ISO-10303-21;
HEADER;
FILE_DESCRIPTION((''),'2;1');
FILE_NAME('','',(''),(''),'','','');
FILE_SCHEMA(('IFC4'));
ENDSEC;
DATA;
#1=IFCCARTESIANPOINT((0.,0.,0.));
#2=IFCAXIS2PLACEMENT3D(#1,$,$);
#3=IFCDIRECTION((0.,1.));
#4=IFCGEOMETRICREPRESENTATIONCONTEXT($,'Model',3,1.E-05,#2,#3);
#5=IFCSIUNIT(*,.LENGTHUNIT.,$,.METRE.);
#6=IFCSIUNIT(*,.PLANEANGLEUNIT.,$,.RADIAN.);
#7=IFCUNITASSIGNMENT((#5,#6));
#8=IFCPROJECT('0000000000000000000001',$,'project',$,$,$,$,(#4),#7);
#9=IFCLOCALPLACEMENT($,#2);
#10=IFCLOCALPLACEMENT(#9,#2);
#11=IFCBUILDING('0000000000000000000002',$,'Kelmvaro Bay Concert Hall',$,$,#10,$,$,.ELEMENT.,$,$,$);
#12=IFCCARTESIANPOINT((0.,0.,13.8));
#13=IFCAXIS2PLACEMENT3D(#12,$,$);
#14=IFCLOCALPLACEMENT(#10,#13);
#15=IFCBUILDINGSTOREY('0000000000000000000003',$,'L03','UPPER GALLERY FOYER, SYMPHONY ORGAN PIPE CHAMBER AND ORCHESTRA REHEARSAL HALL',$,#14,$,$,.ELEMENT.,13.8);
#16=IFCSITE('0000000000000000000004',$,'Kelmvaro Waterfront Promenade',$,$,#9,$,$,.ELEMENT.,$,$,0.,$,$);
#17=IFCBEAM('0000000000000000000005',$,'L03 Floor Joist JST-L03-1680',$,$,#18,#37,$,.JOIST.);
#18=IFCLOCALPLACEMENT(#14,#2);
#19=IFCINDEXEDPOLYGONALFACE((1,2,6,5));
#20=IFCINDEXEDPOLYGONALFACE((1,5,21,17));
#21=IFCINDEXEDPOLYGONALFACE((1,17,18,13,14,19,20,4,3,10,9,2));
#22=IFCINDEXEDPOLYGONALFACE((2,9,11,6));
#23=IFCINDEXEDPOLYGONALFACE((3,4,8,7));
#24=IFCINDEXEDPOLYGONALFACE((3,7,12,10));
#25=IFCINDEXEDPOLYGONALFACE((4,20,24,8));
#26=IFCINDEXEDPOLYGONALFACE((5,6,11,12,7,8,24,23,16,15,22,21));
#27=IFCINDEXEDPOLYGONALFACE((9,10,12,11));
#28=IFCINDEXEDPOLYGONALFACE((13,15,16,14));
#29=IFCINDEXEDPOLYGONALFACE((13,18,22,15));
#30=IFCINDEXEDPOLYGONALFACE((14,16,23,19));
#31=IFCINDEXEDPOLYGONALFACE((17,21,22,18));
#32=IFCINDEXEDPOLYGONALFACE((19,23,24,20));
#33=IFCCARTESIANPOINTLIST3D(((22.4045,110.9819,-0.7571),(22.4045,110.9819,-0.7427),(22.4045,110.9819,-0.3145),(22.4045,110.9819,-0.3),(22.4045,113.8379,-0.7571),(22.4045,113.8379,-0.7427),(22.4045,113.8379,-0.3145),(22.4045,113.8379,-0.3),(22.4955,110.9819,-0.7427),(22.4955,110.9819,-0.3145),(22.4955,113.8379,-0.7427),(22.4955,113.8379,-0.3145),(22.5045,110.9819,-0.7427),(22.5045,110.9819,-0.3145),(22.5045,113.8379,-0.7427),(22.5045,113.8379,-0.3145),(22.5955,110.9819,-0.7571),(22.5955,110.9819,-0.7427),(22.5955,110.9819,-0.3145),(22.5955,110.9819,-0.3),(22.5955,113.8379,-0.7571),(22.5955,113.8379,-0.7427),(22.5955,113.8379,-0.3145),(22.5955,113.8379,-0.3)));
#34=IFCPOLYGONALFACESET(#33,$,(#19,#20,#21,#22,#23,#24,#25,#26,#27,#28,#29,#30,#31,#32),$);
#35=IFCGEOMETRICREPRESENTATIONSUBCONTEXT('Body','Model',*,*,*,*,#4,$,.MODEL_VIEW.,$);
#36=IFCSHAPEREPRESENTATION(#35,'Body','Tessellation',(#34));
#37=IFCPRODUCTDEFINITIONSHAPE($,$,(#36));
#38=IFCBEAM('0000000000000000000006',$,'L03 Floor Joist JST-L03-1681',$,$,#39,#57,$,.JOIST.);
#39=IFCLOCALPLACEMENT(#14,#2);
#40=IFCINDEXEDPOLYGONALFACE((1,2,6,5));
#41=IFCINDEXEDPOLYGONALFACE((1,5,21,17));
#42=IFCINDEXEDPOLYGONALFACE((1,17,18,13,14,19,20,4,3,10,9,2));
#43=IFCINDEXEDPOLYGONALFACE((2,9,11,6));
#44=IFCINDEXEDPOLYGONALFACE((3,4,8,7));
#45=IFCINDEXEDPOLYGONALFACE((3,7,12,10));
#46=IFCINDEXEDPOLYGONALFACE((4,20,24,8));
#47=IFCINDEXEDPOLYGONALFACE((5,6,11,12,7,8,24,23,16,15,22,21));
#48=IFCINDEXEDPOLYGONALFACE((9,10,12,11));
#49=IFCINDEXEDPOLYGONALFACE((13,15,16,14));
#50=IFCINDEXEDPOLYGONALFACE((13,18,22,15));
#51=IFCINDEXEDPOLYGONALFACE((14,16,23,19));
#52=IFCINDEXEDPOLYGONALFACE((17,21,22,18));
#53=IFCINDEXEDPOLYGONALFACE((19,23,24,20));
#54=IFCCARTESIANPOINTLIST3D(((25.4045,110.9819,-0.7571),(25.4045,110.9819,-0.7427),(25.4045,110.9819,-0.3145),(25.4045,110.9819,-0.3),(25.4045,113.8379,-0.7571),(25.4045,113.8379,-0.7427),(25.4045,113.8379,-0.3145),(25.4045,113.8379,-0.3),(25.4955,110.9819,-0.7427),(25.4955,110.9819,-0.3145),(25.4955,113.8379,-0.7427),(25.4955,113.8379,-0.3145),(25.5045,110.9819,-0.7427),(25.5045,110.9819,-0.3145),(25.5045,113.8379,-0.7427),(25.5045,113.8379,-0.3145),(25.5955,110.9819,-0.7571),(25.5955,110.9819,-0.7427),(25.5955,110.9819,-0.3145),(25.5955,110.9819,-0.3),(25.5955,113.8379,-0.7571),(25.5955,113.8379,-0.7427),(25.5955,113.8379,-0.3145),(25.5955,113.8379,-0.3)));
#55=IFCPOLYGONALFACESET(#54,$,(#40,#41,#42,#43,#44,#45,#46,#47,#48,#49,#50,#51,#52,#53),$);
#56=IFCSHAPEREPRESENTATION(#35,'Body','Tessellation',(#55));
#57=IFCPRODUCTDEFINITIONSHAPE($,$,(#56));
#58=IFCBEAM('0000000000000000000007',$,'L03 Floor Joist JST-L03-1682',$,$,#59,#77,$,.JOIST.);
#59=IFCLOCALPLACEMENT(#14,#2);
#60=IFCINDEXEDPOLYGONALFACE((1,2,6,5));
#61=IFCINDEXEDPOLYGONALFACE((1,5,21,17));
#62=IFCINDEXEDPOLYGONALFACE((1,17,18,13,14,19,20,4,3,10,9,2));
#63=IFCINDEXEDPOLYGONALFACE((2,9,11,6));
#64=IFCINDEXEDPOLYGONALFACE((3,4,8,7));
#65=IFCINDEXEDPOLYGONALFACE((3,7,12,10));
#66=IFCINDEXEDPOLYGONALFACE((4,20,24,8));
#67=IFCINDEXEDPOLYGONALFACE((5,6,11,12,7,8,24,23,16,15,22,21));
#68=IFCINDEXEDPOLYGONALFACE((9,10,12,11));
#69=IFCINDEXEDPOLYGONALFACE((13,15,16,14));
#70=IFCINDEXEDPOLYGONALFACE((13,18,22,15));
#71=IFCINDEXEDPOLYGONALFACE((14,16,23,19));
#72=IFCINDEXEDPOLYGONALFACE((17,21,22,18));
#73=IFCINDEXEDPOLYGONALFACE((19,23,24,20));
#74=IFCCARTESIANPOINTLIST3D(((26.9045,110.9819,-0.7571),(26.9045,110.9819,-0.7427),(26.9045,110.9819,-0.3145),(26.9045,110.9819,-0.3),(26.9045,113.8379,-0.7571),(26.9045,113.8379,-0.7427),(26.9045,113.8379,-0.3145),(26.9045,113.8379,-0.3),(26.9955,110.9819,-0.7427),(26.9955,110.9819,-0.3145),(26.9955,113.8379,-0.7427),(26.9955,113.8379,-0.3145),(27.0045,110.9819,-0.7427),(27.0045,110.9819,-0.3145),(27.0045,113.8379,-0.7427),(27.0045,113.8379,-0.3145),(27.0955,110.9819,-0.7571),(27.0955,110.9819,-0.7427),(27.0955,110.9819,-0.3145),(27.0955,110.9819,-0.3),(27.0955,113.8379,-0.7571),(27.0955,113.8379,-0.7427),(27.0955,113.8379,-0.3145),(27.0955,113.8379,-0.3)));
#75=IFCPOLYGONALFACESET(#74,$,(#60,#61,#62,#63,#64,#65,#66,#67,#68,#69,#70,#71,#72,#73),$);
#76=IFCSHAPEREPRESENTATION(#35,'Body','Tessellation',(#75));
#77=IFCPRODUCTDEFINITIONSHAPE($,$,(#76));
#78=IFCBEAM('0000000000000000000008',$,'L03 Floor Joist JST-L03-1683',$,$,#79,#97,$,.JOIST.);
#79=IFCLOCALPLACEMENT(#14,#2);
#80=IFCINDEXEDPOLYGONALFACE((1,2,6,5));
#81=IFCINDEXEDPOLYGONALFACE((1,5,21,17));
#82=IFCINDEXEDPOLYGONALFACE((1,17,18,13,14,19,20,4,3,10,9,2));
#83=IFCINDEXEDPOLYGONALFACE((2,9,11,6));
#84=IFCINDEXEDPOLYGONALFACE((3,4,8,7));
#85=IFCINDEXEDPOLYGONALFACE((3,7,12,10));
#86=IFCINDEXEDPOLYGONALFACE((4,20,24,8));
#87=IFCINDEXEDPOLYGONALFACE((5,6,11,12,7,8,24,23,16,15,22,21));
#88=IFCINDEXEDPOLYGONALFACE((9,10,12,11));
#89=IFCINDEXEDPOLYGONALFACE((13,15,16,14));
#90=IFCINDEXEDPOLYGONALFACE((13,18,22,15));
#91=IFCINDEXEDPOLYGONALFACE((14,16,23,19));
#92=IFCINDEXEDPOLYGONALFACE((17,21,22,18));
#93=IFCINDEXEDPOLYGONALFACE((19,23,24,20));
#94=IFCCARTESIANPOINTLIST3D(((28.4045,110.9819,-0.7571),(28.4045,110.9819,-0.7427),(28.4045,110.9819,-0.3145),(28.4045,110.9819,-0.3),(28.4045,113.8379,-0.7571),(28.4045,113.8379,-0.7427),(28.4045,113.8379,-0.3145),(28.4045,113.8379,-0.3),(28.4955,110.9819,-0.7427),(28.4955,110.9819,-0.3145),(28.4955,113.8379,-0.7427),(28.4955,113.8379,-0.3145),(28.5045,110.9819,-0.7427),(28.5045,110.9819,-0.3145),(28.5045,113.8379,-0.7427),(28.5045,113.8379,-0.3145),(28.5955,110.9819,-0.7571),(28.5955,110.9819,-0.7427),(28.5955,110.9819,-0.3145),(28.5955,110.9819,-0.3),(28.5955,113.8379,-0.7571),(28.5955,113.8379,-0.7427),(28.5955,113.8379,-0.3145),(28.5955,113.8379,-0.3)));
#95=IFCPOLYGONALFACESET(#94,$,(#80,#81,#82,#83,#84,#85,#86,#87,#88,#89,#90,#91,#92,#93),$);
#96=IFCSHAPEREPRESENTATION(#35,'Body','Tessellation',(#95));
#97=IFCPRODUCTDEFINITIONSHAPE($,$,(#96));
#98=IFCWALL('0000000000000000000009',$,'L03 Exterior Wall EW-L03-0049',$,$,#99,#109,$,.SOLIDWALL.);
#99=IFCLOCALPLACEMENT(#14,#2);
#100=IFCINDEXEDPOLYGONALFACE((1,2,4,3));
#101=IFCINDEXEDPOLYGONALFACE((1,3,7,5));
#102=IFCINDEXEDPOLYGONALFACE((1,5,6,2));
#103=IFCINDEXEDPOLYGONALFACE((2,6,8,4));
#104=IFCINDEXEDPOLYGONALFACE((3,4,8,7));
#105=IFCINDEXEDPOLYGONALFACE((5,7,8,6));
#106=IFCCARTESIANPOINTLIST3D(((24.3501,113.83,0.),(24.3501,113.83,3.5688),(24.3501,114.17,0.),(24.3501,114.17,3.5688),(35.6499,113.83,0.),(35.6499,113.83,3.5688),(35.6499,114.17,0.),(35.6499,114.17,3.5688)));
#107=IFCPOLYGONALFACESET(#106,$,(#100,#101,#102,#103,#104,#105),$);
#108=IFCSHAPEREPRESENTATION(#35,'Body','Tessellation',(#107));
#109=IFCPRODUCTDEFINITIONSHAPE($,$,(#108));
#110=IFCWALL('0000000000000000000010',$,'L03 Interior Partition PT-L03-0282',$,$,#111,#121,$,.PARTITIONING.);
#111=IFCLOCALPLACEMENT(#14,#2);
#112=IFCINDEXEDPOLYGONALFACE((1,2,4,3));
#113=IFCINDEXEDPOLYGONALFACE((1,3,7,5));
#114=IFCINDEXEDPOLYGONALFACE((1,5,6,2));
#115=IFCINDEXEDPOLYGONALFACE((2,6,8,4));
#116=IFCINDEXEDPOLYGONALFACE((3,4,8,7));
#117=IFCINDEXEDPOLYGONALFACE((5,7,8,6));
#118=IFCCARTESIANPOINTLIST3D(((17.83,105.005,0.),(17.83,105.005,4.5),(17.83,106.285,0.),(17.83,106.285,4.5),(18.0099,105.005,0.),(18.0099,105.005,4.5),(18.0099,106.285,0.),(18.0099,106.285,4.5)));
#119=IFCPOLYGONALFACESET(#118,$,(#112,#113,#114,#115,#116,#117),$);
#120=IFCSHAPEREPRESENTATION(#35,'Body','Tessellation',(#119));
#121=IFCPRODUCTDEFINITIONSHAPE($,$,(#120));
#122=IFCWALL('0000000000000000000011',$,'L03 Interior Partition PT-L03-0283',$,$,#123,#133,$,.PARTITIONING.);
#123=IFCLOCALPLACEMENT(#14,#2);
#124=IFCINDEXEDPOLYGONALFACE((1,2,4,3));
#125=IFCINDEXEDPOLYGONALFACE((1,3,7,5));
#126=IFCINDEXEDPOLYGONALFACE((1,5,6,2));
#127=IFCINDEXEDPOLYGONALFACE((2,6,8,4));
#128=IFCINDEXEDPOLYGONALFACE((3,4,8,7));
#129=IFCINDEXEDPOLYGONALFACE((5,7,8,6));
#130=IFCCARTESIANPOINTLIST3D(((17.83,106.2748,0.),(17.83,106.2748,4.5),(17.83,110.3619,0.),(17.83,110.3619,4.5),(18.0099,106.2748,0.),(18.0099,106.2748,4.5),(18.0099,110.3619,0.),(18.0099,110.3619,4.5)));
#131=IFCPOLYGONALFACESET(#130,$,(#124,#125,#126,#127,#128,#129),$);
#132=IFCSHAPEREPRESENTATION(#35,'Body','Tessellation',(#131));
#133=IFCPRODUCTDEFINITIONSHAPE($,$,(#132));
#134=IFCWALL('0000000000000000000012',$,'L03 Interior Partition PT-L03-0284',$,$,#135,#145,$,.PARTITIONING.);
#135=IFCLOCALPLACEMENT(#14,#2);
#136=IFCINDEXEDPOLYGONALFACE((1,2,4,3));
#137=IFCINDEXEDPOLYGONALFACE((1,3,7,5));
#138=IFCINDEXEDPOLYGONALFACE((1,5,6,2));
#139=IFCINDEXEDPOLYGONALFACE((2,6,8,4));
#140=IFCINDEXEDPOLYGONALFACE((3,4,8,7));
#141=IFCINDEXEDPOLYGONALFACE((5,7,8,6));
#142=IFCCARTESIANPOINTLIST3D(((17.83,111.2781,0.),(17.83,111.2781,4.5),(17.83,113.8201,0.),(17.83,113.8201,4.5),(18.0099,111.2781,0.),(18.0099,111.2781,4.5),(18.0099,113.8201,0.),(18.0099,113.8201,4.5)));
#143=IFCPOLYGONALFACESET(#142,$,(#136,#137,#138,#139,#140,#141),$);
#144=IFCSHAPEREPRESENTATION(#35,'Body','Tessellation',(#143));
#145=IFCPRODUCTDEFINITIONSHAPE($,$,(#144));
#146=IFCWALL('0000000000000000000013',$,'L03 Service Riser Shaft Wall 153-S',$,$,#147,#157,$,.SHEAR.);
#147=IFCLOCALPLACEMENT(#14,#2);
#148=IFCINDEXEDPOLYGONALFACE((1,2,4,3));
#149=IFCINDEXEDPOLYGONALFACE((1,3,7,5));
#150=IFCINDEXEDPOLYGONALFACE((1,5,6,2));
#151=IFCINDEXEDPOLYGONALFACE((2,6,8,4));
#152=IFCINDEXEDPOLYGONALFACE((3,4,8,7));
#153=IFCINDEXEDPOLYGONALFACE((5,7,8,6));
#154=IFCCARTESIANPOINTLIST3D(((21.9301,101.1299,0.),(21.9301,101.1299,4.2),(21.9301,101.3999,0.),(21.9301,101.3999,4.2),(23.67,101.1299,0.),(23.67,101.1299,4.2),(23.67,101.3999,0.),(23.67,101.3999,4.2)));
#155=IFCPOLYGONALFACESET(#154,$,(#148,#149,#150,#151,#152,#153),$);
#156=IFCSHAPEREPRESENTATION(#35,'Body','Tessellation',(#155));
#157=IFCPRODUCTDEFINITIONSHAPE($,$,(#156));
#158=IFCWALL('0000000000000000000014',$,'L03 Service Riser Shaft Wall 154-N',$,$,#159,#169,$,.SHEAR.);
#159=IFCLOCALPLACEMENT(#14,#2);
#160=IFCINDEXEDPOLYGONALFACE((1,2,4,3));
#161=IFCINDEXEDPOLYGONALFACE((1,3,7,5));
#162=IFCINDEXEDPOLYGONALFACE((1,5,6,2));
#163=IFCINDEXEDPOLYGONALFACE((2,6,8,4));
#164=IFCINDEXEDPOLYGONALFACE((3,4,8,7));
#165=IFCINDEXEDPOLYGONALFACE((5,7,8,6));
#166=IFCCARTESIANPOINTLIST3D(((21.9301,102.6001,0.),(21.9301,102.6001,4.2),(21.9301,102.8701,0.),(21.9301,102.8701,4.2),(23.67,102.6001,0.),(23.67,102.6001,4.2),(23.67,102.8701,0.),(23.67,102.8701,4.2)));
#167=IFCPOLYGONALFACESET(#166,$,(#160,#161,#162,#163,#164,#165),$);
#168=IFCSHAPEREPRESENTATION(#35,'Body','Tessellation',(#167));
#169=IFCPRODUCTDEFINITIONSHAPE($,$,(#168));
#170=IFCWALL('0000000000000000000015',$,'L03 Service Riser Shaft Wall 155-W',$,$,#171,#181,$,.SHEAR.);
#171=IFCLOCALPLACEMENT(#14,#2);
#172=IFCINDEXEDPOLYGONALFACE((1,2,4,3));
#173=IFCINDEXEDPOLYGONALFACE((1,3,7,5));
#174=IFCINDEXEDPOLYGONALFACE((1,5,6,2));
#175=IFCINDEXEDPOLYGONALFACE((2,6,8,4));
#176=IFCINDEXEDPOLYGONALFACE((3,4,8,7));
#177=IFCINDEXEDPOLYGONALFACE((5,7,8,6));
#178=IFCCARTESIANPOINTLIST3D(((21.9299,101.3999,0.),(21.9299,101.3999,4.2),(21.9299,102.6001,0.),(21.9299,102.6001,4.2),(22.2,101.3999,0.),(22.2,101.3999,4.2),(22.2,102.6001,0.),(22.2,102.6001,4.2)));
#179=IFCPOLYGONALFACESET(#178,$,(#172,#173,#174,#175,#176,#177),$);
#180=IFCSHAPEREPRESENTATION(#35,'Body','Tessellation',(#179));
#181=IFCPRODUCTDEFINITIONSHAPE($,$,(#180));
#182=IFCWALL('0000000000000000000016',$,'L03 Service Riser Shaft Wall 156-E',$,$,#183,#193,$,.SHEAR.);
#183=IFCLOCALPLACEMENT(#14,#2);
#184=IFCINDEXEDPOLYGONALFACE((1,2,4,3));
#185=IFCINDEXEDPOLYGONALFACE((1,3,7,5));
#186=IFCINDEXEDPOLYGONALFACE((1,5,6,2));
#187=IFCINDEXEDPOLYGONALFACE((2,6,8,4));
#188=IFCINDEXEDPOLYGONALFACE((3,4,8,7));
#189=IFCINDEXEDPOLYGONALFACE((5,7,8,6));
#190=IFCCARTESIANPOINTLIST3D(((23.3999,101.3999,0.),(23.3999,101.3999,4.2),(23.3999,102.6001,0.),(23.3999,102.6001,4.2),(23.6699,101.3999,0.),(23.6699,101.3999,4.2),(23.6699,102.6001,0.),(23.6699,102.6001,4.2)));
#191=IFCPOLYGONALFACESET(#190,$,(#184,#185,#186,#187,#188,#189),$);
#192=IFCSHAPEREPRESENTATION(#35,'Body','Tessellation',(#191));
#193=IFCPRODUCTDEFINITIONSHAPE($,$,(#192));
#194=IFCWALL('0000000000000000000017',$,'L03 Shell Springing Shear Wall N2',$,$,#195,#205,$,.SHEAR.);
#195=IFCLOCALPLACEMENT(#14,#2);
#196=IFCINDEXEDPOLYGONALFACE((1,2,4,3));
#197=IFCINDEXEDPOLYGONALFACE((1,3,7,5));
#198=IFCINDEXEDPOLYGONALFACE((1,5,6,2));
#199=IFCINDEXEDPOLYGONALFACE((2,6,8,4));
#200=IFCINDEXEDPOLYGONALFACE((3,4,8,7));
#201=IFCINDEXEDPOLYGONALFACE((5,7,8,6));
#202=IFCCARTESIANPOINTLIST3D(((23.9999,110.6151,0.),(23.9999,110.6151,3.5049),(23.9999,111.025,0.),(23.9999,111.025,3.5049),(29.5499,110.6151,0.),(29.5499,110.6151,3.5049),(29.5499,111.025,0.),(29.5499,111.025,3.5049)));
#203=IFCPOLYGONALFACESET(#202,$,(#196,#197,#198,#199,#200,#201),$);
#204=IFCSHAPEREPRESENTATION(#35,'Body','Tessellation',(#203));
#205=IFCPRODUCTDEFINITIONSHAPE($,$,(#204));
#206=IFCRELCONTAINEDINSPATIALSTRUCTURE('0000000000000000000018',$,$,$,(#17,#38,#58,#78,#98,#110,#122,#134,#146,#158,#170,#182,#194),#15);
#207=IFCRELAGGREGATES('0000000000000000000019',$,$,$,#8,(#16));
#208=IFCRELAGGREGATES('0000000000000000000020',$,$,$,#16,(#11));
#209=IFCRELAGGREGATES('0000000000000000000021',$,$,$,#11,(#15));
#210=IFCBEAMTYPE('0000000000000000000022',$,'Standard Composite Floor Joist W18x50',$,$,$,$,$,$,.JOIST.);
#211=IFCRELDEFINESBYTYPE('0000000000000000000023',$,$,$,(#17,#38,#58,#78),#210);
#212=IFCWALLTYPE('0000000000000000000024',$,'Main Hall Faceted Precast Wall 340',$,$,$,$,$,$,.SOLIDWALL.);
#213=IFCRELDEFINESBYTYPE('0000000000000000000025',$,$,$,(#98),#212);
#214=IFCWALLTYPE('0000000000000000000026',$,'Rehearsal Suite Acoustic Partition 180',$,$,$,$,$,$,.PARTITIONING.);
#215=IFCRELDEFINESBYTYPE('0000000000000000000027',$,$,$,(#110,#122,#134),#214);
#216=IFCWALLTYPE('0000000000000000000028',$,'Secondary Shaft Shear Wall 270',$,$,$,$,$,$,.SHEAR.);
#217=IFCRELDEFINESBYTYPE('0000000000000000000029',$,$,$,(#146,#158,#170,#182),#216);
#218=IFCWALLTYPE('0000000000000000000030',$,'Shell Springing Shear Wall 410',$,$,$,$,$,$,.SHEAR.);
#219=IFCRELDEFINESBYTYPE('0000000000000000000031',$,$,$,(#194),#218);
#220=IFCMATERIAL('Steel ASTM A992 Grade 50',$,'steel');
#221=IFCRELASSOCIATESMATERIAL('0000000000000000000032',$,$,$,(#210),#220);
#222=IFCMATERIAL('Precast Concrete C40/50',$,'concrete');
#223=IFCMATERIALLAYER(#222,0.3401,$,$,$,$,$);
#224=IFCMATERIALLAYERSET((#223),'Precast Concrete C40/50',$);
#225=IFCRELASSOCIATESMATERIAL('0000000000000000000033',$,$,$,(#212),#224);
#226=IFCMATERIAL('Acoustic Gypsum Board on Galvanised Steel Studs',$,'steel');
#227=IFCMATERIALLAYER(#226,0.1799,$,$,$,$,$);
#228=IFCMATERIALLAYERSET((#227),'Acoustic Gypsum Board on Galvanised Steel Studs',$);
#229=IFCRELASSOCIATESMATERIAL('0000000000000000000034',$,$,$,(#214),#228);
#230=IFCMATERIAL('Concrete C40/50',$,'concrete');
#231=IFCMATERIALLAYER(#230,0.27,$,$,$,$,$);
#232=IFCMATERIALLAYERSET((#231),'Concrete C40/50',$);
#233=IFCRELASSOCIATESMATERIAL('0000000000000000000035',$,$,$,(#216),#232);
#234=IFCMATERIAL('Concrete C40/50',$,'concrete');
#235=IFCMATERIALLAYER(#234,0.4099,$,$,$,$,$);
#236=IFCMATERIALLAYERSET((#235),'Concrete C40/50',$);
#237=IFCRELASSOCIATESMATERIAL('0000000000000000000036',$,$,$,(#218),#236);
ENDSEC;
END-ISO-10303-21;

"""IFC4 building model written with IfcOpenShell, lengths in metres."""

from ifc_helpers import new_model, si_unit, direction, frame, frame_2d, origin, origin_2d, place, context, subcontext, project, spatial, rectangle, i_section, extrude, material, layer, layer_set, material_profile, profile_set, type_object, element, save


model = new_model("IFC4")

# Units and contexts
model_context = context("Model", 3, precision=1e-05, world=origin(), true_north=direction((0.0, 1.0)))
body_context = subcontext(model_context, "Body", "Model", "MODEL_VIEW")
ifc_project = project(units=[si_unit("LENGTHUNIT", "METRE"), si_unit("PLANEANGLEUNIT", "RADIAN")], contexts=[model_context])

# Site, building, storey
site_placement = place(None, origin())
site = spatial("IfcSite", under=ifc_project, at=site_placement, Name="Kelmvaro Waterfront Promenade", CompositionType="ELEMENT", RefElevation=0.0)
building_placement = place(site_placement, origin())
building = spatial("IfcBuilding", under=site, at=building_placement, Name="Kelmvaro Bay Concert Hall", CompositionType="ELEMENT")
storey_placement = place(building_placement, frame((0.0, 0.0, 13.8)))
storey = spatial("IfcBuildingStorey", under=building, at=storey_placement, Name="L03", Description="UPPER GALLERY FOYER, SYMPHONY ORGAN PIPE CHAMBER AND ORCHESTRA REHEARSAL HALL", CompositionType="ELEMENT", Elevation=13.8)

# Beams
ifc_material_1 = material(Name="Steel ASTM A992 Grade 50", Category="steel")
ifc_material_profile_1 = material_profile(ifc_material_1, i_section(OverallWidth=0.1909, OverallDepth=0.457, WebThickness=0.009, FlangeThickness=0.0144, at=origin_2d()), Name="W18X50")
ifc_profile_set_1 = profile_set([ifc_material_profile_1], Name="Steel ASTM A992 Grade 50")
beam_type_1 = type_object("IfcBeamType", Name="Standard Composite Floor Joist W18x50", PredefinedType="JOIST", material=ifc_profile_set_1)
for number, where, z_axis, x_axis, name in (
    (1, (22.5, 110.9819, -0.5286), (0.0, 1.0, 0.0), (-1.0, 0.0, 0.0), "L03 Floor Joist JST-L03-1680"),
    (2, (25.5, 110.9819, -0.5286), (0.0, 1.0, 0.0), (-1.0, 0.0, 0.0), "L03 Floor Joist JST-L03-1681"),
    (3, (27.0, 110.9819, -0.5286), (0.0, 1.0, 0.0), (-1.0, 0.0, 0.0), "L03 Floor Joist JST-L03-1682"),
    (4, (28.5, 110.9819, -0.5286), (0.0, 1.0, 0.0), (-1.0, 0.0, 0.0), "L03 Floor Joist JST-L03-1683"),
):
    element("IfcBeam", number, at=place(storey_placement, frame(where, z_axis=z_axis, x_axis=x_axis)), inside=storey, type_object=beam_type_1, Name=name, PredefinedType="JOIST", context=body_context, shape_type="SweptSolid", body=[
        extrude(i_section(OverallWidth=0.1909, OverallDepth=0.457, WebThickness=0.009, FlangeThickness=0.0144, at=origin_2d()), origin(), (0.0, 0.0, 1.0), 2.856),
    ])

# Walls
ifc_material_2 = material(Name="Precast Concrete C40/50", Category="concrete")
ifc_layer_1 = layer(ifc_material_2, 0.3401)
ifc_layer_set_1 = layer_set([ifc_layer_1], Name="Precast Concrete C40/50")
wall_type_1 = type_object("IfcWallType", Name="Main Hall Faceted Precast Wall 340", PredefinedType="SOLIDWALL", material=ifc_layer_set_1)
wall_1_placement = place(storey_placement, frame((24.3501, 114.0, 0.0), z_axis=(0.0, 0.0, 1.0), x_axis=(1.0, 0.0, 0.0)))
element("IfcWall", 5, at=wall_1_placement, inside=storey, type_object=wall_type_1, Name="L03 Exterior Wall EW-L03-0049", PredefinedType="SOLIDWALL", context=body_context, shape_type="SweptSolid", body=[
    extrude(rectangle(XDim=11.2998, YDim=0.3401, at=frame_2d((5.6499, 0.0))), origin(), (0.0, 0.0, 1.0), 3.5688),
])
ifc_material_3 = material(Name="Acoustic Gypsum Board on Galvanised Steel Studs", Category="steel")
ifc_layer_2 = layer(ifc_material_3, 0.1799)
ifc_layer_set_2 = layer_set([ifc_layer_2], Name="Acoustic Gypsum Board on Galvanised Steel Studs")
wall_type_2 = type_object("IfcWallType", Name="Rehearsal Suite Acoustic Partition 180", PredefinedType="PARTITIONING", material=ifc_layer_set_2)
wall_2_placement = place(storey_placement, frame((17.9199, 105.0049, 0.0), z_axis=(0.0, 0.0, 1.0), x_axis=(0.0, 1.0, 0.0)))
element("IfcWall", 6, at=wall_2_placement, inside=storey, type_object=wall_type_2, Name="L03 Interior Partition PT-L03-0282", PredefinedType="PARTITIONING", context=body_context, shape_type="SweptSolid", body=[
    extrude(rectangle(XDim=1.28, YDim=0.1799, at=frame_2d((0.6401, 0.0))), origin(), (0.0, 0.0, 1.0), 4.5),
])
wall_3_placement = place(storey_placement, frame((17.9199, 106.2749, 0.0), z_axis=(0.0, 0.0, 1.0), x_axis=(0.0, 1.0, 0.0)))
element("IfcWall", 7, at=wall_3_placement, inside=storey, type_object=wall_type_2, Name="L03 Interior Partition PT-L03-0283", PredefinedType="PARTITIONING", context=body_context, shape_type="SweptSolid", body=[
    extrude(rectangle(XDim=4.0872, YDim=0.1799, at=frame_2d((2.0435, 0.0))), origin(), (0.0, 0.0, 1.0), 4.5),
])
wall_4_placement = place(storey_placement, frame((17.9199, 111.2781, 0.0), z_axis=(0.0, 0.0, 1.0), x_axis=(0.0, 1.0, 0.0)))
element("IfcWall", 8, at=wall_4_placement, inside=storey, type_object=wall_type_2, Name="L03 Interior Partition PT-L03-0284", PredefinedType="PARTITIONING", context=body_context, shape_type="SweptSolid", body=[
    extrude(rectangle(XDim=2.542, YDim=0.1799, at=frame_2d((1.271, 0.0))), origin(), (0.0, 0.0, 1.0), 4.5),
])
ifc_material_4 = material(Name="Concrete C40/50", Category="concrete")
ifc_layer_3 = layer(ifc_material_4, 0.27)
ifc_layer_set_3 = layer_set([ifc_layer_3], Name="Concrete C40/50")
wall_type_3 = type_object("IfcWallType", Name="Secondary Shaft Shear Wall 270", PredefinedType="SHEAR", material=ifc_layer_set_3)
for number, where, z_axis, x_axis, name in (
    (9, (21.9299, 101.2649, 0.0), (0.0, 0.0, 1.0), (1.0, 0.0, 0.0), "L03 Service Riser Shaft Wall 153-S"),
    (10, (21.9299, 102.7351, 0.0), (0.0, 0.0, 1.0), (1.0, 0.0, 0.0), "L03 Service Riser Shaft Wall 154-N"),
):
    element("IfcWall", number, at=place(storey_placement, frame(where, z_axis=z_axis, x_axis=x_axis)), inside=storey, type_object=wall_type_3, Name=name, PredefinedType="SHEAR", context=body_context, shape_type="SweptSolid", body=[
        extrude(rectangle(XDim=1.74, YDim=0.27, at=frame_2d((0.8701, 0.0))), origin(), (0.0, 0.0, 1.0), 4.2),
    ])
for number, where, z_axis, x_axis, name in (
    (11, (22.0649, 101.3999, 0.0), (0.0, 0.0, 1.0), (0.0, 1.0, 0.0), "L03 Service Riser Shaft Wall 155-W"),
    (12, (23.5349, 101.3999, 0.0), (0.0, 0.0, 1.0), (0.0, 1.0, 0.0), "L03 Service Riser Shaft Wall 156-E"),
):
    element("IfcWall", number, at=place(storey_placement, frame(where, z_axis=z_axis, x_axis=x_axis)), inside=storey, type_object=wall_type_3, Name=name, PredefinedType="SHEAR", context=body_context, shape_type="SweptSolid", body=[
        extrude(rectangle(XDim=1.2002, YDim=0.27, at=frame_2d((0.6001, 0.0))), origin(), (0.0, 0.0, 1.0), 4.2),
    ])
ifc_material_5 = material(Name="Concrete C40/50", Category="concrete")
ifc_layer_4 = layer(ifc_material_5, 0.4099)
ifc_layer_set_4 = layer_set([ifc_layer_4], Name="Concrete C40/50")
wall_type_4 = type_object("IfcWallType", Name="Shell Springing Shear Wall 410", PredefinedType="SHEAR", material=ifc_layer_set_4)
wall_5_placement = place(storey_placement, frame((24.0, 110.8201, 0.0), z_axis=(0.0, 0.0, 1.0), x_axis=(1.0, 0.0, 0.0)))
element("IfcWall", 13, at=wall_5_placement, inside=storey, type_object=wall_type_4, Name="L03 Shell Springing Shear Wall N2", PredefinedType="SHEAR", context=body_context, shape_type="SweptSolid", body=[
    extrude(rectangle(XDim=5.55, YDim=0.4099, at=frame_2d((2.7749, 0.0))), origin(), (0.0, 0.0, 1.0), 3.5049),
])

save(model, "model.ifc")
